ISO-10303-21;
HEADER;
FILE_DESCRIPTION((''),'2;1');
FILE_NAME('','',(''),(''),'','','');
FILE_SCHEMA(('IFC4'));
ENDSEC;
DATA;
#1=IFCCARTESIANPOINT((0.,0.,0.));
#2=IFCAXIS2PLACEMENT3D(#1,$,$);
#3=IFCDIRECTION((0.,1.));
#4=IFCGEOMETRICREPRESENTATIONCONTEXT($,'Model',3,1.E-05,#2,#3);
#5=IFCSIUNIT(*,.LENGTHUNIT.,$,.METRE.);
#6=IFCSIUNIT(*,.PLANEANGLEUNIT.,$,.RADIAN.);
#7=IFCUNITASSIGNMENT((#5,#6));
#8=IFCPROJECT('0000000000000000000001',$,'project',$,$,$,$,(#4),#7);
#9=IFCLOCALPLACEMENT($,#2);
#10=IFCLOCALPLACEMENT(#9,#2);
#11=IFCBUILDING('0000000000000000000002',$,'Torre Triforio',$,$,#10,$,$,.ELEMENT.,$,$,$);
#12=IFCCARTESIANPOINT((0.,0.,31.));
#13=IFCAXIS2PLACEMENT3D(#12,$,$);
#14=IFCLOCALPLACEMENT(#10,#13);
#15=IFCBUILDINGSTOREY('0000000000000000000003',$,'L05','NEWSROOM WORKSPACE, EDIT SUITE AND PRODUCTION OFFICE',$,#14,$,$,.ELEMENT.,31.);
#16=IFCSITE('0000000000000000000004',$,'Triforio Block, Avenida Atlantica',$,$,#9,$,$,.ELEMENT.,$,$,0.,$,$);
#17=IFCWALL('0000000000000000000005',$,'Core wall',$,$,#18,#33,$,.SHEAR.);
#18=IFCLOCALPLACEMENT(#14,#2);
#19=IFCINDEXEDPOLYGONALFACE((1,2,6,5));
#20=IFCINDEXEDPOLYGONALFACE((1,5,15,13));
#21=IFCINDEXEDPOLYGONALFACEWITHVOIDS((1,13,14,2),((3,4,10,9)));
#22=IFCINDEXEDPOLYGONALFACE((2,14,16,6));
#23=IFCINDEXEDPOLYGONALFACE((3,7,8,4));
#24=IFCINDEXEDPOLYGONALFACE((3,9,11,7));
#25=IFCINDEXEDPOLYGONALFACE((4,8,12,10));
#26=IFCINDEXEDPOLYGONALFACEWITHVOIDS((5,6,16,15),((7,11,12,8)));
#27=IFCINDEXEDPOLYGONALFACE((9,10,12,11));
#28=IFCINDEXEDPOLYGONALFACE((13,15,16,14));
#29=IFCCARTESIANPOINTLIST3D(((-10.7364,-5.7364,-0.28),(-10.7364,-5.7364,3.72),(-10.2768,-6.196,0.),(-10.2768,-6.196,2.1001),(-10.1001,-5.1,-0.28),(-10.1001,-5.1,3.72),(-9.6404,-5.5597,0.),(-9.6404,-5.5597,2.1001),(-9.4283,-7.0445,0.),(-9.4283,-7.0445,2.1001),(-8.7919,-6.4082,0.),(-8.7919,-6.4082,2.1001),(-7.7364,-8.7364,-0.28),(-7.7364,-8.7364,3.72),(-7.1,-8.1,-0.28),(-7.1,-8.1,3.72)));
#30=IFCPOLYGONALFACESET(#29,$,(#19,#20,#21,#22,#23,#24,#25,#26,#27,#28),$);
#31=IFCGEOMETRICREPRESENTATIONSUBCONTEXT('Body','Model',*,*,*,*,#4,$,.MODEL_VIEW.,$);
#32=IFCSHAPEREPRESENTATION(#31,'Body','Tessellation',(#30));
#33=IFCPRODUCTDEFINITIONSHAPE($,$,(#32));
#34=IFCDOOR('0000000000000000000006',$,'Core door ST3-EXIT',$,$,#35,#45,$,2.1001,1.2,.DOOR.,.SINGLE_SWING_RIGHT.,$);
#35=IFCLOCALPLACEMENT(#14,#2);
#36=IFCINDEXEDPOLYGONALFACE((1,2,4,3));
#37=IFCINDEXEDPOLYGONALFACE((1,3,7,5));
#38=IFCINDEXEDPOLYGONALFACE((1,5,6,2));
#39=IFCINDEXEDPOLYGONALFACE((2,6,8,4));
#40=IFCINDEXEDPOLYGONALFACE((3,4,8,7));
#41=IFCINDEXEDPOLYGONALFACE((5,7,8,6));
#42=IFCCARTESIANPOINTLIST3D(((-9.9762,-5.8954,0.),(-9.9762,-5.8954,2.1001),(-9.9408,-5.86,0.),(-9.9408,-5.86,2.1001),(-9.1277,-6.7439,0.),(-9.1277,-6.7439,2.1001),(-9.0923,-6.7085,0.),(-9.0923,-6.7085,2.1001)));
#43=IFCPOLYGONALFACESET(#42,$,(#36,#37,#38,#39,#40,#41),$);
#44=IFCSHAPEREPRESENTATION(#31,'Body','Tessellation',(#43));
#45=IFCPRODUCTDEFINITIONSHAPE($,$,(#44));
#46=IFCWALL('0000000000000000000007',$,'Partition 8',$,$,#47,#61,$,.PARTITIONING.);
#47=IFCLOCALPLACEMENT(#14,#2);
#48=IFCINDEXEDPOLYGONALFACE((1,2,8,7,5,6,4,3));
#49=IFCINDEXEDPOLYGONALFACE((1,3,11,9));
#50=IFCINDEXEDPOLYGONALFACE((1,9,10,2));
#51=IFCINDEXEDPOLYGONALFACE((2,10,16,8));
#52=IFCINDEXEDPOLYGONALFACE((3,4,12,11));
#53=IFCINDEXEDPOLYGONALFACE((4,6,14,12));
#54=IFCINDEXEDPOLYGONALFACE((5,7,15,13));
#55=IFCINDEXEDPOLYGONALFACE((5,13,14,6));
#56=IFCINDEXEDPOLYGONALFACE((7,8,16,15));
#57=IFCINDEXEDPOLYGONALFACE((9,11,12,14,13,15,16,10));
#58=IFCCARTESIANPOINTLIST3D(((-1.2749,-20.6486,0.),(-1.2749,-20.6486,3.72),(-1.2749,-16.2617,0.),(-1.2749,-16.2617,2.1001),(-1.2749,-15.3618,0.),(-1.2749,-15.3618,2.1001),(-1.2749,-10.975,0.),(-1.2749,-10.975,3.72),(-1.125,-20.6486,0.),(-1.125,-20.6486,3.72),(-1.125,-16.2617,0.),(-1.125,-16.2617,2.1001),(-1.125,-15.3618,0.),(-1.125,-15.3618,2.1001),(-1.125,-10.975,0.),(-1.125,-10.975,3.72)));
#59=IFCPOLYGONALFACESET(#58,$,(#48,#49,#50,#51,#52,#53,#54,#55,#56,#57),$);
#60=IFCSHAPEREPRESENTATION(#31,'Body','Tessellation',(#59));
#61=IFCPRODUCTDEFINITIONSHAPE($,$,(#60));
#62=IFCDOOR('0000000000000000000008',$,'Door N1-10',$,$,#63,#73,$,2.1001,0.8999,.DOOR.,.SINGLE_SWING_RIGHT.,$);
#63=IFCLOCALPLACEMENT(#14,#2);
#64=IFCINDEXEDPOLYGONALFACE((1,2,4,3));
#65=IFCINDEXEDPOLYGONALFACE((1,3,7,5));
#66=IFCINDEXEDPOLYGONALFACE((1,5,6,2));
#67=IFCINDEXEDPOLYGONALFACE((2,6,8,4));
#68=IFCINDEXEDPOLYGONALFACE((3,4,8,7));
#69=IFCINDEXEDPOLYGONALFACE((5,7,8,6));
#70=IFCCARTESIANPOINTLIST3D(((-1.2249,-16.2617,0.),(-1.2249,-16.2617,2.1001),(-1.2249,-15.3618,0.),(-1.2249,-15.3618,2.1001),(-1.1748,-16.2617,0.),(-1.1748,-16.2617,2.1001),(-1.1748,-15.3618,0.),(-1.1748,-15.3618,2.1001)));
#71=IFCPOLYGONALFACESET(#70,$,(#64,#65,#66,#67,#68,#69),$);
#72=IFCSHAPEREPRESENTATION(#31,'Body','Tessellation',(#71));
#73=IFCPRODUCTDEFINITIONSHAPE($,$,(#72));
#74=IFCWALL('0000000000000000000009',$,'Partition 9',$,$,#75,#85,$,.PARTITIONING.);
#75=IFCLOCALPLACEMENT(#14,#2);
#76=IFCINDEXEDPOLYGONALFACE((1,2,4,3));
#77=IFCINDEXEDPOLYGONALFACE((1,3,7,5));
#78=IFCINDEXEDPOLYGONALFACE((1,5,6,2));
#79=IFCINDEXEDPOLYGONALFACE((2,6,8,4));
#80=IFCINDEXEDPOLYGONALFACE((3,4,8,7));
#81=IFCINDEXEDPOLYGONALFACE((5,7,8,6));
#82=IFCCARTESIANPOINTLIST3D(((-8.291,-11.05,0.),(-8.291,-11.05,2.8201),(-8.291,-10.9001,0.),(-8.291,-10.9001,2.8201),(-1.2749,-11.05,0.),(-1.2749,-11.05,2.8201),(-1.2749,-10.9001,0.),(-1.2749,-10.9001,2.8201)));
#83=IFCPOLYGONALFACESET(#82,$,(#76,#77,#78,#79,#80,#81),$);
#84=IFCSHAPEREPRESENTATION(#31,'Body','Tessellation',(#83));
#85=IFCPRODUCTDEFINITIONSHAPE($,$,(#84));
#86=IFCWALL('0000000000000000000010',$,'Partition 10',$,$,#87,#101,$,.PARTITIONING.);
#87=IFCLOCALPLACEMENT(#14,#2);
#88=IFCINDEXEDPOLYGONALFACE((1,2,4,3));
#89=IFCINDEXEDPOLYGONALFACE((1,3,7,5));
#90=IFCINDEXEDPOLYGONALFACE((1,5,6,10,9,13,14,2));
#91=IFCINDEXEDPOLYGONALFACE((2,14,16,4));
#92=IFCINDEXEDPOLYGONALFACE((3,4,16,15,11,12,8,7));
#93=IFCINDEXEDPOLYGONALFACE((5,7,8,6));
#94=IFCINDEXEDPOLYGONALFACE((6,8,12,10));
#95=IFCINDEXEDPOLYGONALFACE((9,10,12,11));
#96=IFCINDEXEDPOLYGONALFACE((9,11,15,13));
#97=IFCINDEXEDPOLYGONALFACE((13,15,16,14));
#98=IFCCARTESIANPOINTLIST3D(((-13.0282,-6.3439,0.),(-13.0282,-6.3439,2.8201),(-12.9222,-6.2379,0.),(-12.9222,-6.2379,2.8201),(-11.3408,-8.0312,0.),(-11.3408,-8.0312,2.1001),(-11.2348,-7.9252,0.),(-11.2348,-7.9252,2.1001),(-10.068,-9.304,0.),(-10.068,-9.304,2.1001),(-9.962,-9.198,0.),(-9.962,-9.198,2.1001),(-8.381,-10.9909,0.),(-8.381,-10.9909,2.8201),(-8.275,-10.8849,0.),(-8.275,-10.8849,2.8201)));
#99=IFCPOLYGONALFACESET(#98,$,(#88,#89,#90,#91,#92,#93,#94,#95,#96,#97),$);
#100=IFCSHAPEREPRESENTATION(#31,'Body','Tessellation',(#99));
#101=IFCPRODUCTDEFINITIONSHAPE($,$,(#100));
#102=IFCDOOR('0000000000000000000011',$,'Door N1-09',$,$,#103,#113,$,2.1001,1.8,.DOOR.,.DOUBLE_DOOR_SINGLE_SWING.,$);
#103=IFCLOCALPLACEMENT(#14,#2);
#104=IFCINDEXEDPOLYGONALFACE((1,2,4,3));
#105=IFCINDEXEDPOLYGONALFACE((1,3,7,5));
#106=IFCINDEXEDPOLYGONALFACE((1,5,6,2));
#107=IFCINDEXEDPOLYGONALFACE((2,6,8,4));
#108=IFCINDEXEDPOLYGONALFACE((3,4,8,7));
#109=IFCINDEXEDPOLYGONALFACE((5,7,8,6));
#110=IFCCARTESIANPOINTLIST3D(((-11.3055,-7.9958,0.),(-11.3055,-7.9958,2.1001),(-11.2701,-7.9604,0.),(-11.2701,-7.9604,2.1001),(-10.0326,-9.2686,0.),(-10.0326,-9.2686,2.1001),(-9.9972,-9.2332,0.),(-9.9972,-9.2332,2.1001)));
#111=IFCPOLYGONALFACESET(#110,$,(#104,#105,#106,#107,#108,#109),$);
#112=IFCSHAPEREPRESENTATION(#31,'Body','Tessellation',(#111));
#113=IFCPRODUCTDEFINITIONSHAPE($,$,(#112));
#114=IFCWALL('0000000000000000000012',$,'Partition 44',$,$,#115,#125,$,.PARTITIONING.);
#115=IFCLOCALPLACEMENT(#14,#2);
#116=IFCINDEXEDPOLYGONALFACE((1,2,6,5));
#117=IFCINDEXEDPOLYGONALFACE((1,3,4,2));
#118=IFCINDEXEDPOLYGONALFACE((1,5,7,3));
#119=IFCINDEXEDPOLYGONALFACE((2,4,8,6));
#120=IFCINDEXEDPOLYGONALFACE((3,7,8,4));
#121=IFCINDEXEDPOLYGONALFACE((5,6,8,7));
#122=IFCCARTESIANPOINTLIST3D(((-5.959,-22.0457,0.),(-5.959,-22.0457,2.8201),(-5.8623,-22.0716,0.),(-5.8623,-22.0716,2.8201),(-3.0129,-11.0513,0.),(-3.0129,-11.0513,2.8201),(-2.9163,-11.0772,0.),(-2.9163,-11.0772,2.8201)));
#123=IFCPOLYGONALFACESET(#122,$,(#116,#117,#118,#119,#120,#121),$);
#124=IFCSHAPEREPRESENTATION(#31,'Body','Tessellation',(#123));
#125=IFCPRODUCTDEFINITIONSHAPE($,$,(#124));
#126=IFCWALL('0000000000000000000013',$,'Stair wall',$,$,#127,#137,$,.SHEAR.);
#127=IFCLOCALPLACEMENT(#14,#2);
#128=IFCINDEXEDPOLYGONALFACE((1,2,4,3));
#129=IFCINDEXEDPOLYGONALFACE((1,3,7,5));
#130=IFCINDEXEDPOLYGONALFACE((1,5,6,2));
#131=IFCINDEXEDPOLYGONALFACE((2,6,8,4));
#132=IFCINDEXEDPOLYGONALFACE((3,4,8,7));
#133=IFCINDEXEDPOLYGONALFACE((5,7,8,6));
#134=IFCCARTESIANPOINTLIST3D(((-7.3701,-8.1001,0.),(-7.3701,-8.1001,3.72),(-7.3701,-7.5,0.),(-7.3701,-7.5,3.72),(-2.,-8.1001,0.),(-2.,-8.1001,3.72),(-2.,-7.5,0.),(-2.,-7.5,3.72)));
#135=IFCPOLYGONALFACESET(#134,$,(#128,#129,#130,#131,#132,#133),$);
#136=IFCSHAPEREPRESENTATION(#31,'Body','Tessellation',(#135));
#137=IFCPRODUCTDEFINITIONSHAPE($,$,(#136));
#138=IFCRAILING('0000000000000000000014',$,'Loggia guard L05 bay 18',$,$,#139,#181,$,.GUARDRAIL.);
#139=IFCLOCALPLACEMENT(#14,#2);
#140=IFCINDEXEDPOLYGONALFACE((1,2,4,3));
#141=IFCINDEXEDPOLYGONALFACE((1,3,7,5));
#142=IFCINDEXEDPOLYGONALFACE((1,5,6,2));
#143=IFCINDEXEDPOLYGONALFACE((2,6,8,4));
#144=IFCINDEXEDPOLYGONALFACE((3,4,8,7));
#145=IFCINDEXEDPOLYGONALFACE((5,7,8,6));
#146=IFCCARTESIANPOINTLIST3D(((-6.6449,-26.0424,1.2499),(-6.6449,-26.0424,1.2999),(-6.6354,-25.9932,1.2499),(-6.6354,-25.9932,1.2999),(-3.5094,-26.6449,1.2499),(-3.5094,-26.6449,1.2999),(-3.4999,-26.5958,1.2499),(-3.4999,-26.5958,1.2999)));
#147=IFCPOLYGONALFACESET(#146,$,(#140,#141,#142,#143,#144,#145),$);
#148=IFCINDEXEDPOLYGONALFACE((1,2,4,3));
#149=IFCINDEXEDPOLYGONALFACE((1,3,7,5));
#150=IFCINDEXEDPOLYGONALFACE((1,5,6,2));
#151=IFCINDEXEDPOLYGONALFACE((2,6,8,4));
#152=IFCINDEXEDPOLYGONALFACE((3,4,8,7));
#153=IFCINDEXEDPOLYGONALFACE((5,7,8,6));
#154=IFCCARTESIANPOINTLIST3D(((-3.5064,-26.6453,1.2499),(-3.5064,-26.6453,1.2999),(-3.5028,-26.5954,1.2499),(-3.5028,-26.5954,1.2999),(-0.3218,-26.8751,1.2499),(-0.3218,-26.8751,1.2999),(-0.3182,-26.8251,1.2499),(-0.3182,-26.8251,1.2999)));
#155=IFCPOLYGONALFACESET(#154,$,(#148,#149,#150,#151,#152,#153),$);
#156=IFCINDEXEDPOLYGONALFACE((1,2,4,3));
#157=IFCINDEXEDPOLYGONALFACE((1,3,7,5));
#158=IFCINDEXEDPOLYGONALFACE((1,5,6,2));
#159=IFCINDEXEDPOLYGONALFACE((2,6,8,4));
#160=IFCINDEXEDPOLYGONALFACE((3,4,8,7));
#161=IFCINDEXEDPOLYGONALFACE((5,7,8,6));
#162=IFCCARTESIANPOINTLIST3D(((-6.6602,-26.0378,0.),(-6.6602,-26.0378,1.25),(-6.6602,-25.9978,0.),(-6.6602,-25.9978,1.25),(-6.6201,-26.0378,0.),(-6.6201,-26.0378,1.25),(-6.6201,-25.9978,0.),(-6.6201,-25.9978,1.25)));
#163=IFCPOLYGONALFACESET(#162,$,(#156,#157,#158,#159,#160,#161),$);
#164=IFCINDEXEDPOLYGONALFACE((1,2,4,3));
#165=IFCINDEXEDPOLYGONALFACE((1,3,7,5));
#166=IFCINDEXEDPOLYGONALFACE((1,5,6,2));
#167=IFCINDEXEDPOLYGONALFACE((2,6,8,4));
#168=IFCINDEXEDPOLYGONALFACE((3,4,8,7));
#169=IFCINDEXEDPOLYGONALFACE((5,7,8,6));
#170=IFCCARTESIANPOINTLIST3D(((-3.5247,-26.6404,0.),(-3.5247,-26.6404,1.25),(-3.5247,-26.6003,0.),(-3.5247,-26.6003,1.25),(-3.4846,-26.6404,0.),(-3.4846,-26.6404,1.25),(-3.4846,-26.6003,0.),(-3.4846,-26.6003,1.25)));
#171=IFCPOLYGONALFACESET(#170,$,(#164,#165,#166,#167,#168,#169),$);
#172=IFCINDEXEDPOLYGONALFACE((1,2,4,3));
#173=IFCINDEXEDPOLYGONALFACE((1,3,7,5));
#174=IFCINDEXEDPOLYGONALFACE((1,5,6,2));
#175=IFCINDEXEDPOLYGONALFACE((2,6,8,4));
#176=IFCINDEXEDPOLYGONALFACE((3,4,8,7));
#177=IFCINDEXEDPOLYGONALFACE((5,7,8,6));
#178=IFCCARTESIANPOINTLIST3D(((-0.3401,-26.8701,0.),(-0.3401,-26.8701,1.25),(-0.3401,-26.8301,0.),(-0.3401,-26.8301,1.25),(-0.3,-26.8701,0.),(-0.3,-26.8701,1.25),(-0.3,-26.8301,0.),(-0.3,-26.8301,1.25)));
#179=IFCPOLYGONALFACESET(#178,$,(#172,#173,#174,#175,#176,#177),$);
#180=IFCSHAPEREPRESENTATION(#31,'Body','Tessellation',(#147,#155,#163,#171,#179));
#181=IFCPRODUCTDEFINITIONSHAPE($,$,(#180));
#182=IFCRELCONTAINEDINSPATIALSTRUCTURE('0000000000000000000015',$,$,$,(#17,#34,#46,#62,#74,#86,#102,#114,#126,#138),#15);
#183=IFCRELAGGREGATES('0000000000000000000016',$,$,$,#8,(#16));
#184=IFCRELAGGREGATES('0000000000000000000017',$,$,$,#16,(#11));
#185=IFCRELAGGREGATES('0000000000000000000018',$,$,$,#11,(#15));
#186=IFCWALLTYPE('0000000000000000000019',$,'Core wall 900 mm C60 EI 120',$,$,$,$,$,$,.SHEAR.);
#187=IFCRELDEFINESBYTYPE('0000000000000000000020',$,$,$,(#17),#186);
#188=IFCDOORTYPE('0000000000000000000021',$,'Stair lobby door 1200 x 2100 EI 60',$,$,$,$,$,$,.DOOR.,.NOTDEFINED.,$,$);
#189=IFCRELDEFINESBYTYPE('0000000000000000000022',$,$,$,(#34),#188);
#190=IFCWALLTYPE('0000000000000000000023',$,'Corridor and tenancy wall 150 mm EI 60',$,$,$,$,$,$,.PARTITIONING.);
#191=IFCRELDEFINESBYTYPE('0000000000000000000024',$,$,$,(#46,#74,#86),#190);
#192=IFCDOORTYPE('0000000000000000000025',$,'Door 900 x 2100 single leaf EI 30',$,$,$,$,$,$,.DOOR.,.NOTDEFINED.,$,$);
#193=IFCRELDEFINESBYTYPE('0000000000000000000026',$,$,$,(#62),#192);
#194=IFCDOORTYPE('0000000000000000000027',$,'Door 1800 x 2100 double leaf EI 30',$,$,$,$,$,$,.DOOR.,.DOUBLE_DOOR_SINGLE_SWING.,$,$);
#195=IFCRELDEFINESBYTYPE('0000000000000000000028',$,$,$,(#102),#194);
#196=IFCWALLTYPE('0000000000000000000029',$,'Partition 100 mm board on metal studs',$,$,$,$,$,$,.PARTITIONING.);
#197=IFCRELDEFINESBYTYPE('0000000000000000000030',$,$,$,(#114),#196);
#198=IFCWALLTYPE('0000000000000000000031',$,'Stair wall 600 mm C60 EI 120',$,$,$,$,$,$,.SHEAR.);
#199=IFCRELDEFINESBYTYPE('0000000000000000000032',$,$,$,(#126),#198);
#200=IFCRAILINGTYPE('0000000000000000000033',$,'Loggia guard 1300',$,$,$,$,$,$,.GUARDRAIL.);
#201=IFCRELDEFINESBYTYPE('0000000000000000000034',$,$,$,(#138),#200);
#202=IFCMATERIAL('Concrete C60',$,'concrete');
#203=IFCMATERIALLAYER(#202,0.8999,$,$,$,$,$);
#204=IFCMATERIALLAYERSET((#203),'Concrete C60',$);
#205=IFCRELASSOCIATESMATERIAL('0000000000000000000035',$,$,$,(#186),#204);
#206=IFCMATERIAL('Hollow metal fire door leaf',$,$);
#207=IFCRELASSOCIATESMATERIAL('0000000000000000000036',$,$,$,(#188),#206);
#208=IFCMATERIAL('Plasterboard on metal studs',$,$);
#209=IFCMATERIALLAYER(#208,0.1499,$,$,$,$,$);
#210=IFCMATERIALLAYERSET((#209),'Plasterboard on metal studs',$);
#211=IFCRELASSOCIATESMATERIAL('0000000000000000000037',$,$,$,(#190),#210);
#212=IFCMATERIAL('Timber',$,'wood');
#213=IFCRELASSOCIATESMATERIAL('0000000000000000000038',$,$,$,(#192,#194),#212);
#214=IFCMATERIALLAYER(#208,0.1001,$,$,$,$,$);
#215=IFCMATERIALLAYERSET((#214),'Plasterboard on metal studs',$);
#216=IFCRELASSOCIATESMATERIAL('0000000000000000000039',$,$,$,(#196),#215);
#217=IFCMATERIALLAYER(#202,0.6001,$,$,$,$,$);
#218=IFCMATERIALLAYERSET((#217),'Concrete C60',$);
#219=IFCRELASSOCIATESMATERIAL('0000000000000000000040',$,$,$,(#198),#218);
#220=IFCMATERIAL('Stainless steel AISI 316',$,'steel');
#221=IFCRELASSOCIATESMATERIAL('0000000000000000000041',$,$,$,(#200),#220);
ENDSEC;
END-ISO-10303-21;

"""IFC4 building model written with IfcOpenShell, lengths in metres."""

from ifc_helpers import new_model, si_unit, direction, frame, frame_2d, origin, origin_2d, place, context, subcontext, project, spatial, rectangle, extrude, material, layer, layer_set, type_object, element, fill, save


model = new_model("IFC4")

# Units and contexts
model_context = context("Model", 3, precision=1e-05, world=origin(), true_north=direction((0.0, 1.0)))
body_context = subcontext(model_context, "Body", "Model", "MODEL_VIEW")
ifc_project = project(units=[si_unit("LENGTHUNIT", "METRE"), si_unit("PLANEANGLEUNIT", "RADIAN")], contexts=[model_context])

# Site, building, storey
site_placement = place(None, origin())
site = spatial("IfcSite", under=ifc_project, at=site_placement, Name="Triforio Block, Avenida Atlantica", CompositionType="ELEMENT", RefElevation=0.0)
building_placement = place(site_placement, origin())
building = spatial("IfcBuilding", under=site, at=building_placement, Name="Torre Triforio", CompositionType="ELEMENT")
storey_placement = place(building_placement, frame((0.0, 0.0, 31.0)))
storey = spatial("IfcBuildingStorey", under=building, at=storey_placement, Name="L05", Description="NEWSROOM WORKSPACE, EDIT SUITE AND PRODUCTION OFFICE", CompositionType="ELEMENT", Elevation=31.0)

# Shared definitions
ifc_material_1 = material(Name="Concrete C60", Category="concrete")

# Shared definitions
ifc_layer_1 = layer(ifc_material_1, 0.8999)
ifc_layer_set_1 = layer_set([ifc_layer_1], Name="Concrete C60")
wall_type_1 = type_object("IfcWallType", Name="Core wall 900 mm C60 EI 120", PredefinedType="SHEAR", material=ifc_layer_set_1)
ifc_material_2 = material(Name="Hollow metal fire door leaf")

# Walls, openings, doors
wall_1_placement = place(storey_placement, frame((-7.4182, -8.4182, -0.28), z_axis=(0.0, 0.0, 1.0), x_axis=(-0.707107, 0.707107, 0.0)))
wall_1 = element("IfcWall", 1, at=wall_1_placement, inside=storey, type_object=wall_type_1, Name="Core wall", PredefinedType="SHEAR", context=body_context, shape_type="SweptSolid", body=[
    extrude(rectangle(XDim=4.2427, YDim=0.8999, at=frame_2d((2.1213, 0.0))), origin(), (0.0, 0.0, 1.0), 4.0),
])
opening_1_placement = place(wall_1_placement, frame((2.3926, 0.0, 0.28)))
opening_1 = element("IfcOpeningElement", 2, at=opening_1_placement, cuts=wall_1, PredefinedType="OPENING", context=body_context, shape_type="SweptSolid", body=[
    extrude(rectangle(XDim=1.2, YDim=2.1001, at=frame_2d((0.6001, 1.05))), frame((0.0, 0.46, 0.0), z_axis=(0.0, -1.0, 0.0), x_axis=(1.0, 0.0, 0.0)), (0.0, 0.0, 1.0), 0.9199),
])
door_type_1 = type_object("IfcDoorType", Name="Stair lobby door 1200 x 2100 EI 60", OperationType="NOTDEFINED", PredefinedType="DOOR", material=ifc_material_2)
door_1_placement = place(opening_1_placement, origin())
door_1 = element("IfcDoor", 3, at=door_1_placement, inside=storey, type_object=door_type_1, Name="Core door ST3-EXIT", OperationType="SINGLE_SWING_RIGHT", OverallHeight=2.1001, OverallWidth=1.2, PredefinedType="DOOR", context=body_context, shape_type="SweptSolid", body=[
    extrude(rectangle(XDim=1.2, YDim=2.1001, at=frame_2d((0.6001, 1.05))), frame((0.0, 0.0249, 0.0), z_axis=(0.0, -1.0, 0.0), x_axis=(1.0, 0.0, 0.0)), (0.0, 0.0, 1.0), 0.05),
])
fill(opening_1, door_1)
ifc_material_3 = material(Name="Plasterboard on metal studs")
ifc_layer_2 = layer(ifc_material_3, 0.1499)
ifc_layer_set_2 = layer_set([ifc_layer_2], Name="Plasterboard on metal studs")
wall_type_2 = type_object("IfcWallType", Name="Corridor and tenancy wall 150 mm EI 60", PredefinedType="PARTITIONING", material=ifc_layer_set_2)
wall_2_placement = place(storey_placement, frame((-1.2, -20.6487, 0.0), z_axis=(0.0, 0.0, 1.0), x_axis=(0.0, 1.0, 0.0)))
wall_2 = element("IfcWall", 4, at=wall_2_placement, inside=storey, type_object=wall_type_2, Name="Partition 8", PredefinedType="PARTITIONING", context=body_context, shape_type="SweptSolid", body=[
    extrude(rectangle(XDim=9.6736, YDim=0.1499, at=frame_2d((4.8369, 0.0))), origin(), (0.0, 0.0, 1.0), 3.72),
])
opening_2_placement = place(wall_2_placement, frame((4.387, 0.0, 0.0)))
opening_2 = element("IfcOpeningElement", 5, at=opening_2_placement, cuts=wall_2, PredefinedType="OPENING", context=body_context, shape_type="SweptSolid", body=[
    extrude(rectangle(XDim=0.8999, YDim=2.1001, at=frame_2d((0.45, 1.05))), frame((0.0, 0.085, 0.0), z_axis=(0.0, -1.0, 0.0), x_axis=(1.0, 0.0, 0.0)), (0.0, 0.0, 1.0), 0.1699),
])
ifc_material_4 = material(Name="Timber", Category="wood")
door_type_2 = type_object("IfcDoorType", Name="Door 900 x 2100 single leaf EI 30", OperationType="NOTDEFINED", PredefinedType="DOOR", material=ifc_material_4)
door_2_placement = place(opening_2_placement, origin())
door_2 = element("IfcDoor", 6, at=door_2_placement, inside=storey, type_object=door_type_2, Name="Door N1-10", OperationType="SINGLE_SWING_RIGHT", OverallHeight=2.1001, OverallWidth=0.8999, PredefinedType="DOOR", context=body_context, shape_type="SweptSolid", body=[
    extrude(rectangle(XDim=0.8999, YDim=2.1001, at=frame_2d((0.45, 1.05))), frame((0.0, 0.0249, 0.0), z_axis=(0.0, -1.0, 0.0), x_axis=(1.0, 0.0, 0.0)), (0.0, 0.0, 1.0), 0.05),
])
fill(opening_2, door_2)

# Wall
wall_3_placement = place(storey_placement, frame((-1.2749, -10.9751, 0.0), z_axis=(0.0, 0.0, 1.0), x_axis=(-1.0, 0.0, 0.0)))
element("IfcWall", 7, at=wall_3_placement, inside=storey, type_object=wall_type_2, Name="Partition 9", PredefinedType="PARTITIONING", context=body_context, shape_type="SweptSolid", body=[
    extrude(rectangle(XDim=7.0161, YDim=0.1499, at=frame_2d((3.5081, 0.0))), origin(), (0.0, 0.0, 1.0), 2.8201),
])

# Wall, opening, door
wall_4_placement = place(storey_placement, frame((-8.3279, -10.938, 0.0), z_axis=(0.0, 0.0, 1.0), x_axis=(-0.707125, 0.707088, 0.0)))
wall_4 = element("IfcWall", 8, at=wall_4_placement, inside=storey, type_object=wall_type_2, Name="Partition 10", PredefinedType="PARTITIONING", context=body_context, shape_type="SweptSolid", body=[
    extrude(rectangle(XDim=6.572, YDim=0.1499, at=frame_2d((3.2861, 0.0))), origin(), (0.0, 0.0, 1.0), 2.8201),
])
opening_3_placement = place(wall_4_placement, frame((2.386, 0.0, 0.0)))
opening_3 = element("IfcOpeningElement", 9, at=opening_3_placement, cuts=wall_4, PredefinedType="OPENING", context=body_context, shape_type="SweptSolid", body=[
    extrude(rectangle(XDim=1.8, YDim=2.1001, at=frame_2d((0.8999, 1.05))), frame((0.0, 0.085, 0.0), z_axis=(0.0, -1.0, 0.0), x_axis=(1.0, 0.0, 0.0)), (0.0, 0.0, 1.0), 0.1699),
])
door_type_3 = type_object("IfcDoorType", Name="Door 1800 x 2100 double leaf EI 30", OperationType="DOUBLE_DOOR_SINGLE_SWING", PredefinedType="DOOR", material=ifc_material_4)
door_3_placement = place(opening_3_placement, origin())
door_3 = element("IfcDoor", 10, at=door_3_placement, inside=storey, type_object=door_type_3, Name="Door N1-09", OperationType="DOUBLE_DOOR_SINGLE_SWING", OverallHeight=2.1001, OverallWidth=1.8, PredefinedType="DOOR", context=body_context, shape_type="SweptSolid", body=[
    extrude(rectangle(XDim=1.8, YDim=2.1001, at=frame_2d((0.8999, 1.05))), frame((0.0, 0.0249, 0.0), z_axis=(0.0, -1.0, 0.0), x_axis=(1.0, 0.0, 0.0)), (0.0, 0.0, 1.0), 0.05),
])
fill(opening_3, door_3)

# Walls
ifc_layer_3 = layer(ifc_material_3, 0.1001)
ifc_layer_set_3 = layer_set([ifc_layer_3], Name="Plasterboard on metal studs")
wall_type_3 = type_object("IfcWallType", Name="Partition 100 mm board on metal studs", PredefinedType="PARTITIONING", material=ifc_layer_set_3)
wall_5_placement = place(storey_placement, frame((-2.9646, -11.0642, 0.0), z_axis=(0.0, 0.0, 1.0), x_axis=(-0.258828, -0.965923, 0.0)))
element("IfcWall", 11, at=wall_5_placement, inside=storey, type_object=wall_type_3, Name="Partition 44", PredefinedType="PARTITIONING", context=body_context, shape_type="SweptSolid", body=[
    extrude(rectangle(XDim=11.3823, YDim=0.1001, at=frame_2d((5.6912, 0.0))), origin(), (0.0, 0.0, 1.0), 2.8201),
])
ifc_layer_4 = layer(ifc_material_1, 0.6001)
ifc_layer_set_4 = layer_set([ifc_layer_4], Name="Concrete C60")
wall_type_4 = type_object("IfcWallType", Name="Stair wall 600 mm C60 EI 120", PredefinedType="SHEAR", material=ifc_layer_set_4)
wall_6_placement = place(storey_placement, frame((-7.3701, -7.8, 0.0), z_axis=(0.0, 0.0, 1.0), x_axis=(1.0, 0.0, 0.0)))
element("IfcWall", 12, at=wall_6_placement, inside=storey, type_object=wall_type_4, Name="Stair wall", PredefinedType="SHEAR", context=body_context, shape_type="SweptSolid", body=[
    extrude(rectangle(XDim=5.3701, YDim=0.6001, at=frame_2d((2.6851, 0.0))), origin(), (0.0, 0.0, 1.0), 3.72),
])

# Railing
ifc_material_5 = material(Name="Stainless steel AISI 316", Category="steel")
railing_type = type_object("IfcRailingType", Name="Loggia guard 1300", PredefinedType="GUARDRAIL", material=ifc_material_5)
railing_placement = place(storey_placement, frame((-6.6401, -26.0178, 0.0)))
element("IfcRailing", 13, at=railing_placement, inside=storey, type_object=railing_type, Name="Loggia guard L05 bay 18", PredefinedType="GUARDRAIL", context=body_context, shape_type="SweptSolid", body=[
    extrude(rectangle(XDim=0.05, YDim=0.05, at=origin_2d()), frame((0.0, 0.0, 1.2749), z_axis=(0.982032, -0.188714, 0.0), x_axis=(0.188714, 0.982032, 0.0)), (0.0, 0.0, 1.0), 3.1929),
    extrude(rectangle(XDim=0.05, YDim=0.05, at=origin_2d()), frame((3.1355, -0.6025, 1.2749), z_axis=(0.997408, -0.071953, 0.0), x_axis=(0.071953, 0.997408, 0.0)), (0.0, 0.0, 1.0), 3.1929),
    extrude(rectangle(XDim=0.04, YDim=0.04, at=origin_2d()), origin(), (0.0, 0.0, 1.0), 1.25),
    extrude(rectangle(XDim=0.04, YDim=0.04, at=origin_2d()), frame((3.1355, -0.6025, 0.0)), (0.0, 0.0, 1.0), 1.25),
    extrude(rectangle(XDim=0.04, YDim=0.04, at=origin_2d()), frame((6.3201, -0.8323, 0.0)), (0.0, 0.0, 1.0), 1.25),
])

save(model, "model.ifc")
